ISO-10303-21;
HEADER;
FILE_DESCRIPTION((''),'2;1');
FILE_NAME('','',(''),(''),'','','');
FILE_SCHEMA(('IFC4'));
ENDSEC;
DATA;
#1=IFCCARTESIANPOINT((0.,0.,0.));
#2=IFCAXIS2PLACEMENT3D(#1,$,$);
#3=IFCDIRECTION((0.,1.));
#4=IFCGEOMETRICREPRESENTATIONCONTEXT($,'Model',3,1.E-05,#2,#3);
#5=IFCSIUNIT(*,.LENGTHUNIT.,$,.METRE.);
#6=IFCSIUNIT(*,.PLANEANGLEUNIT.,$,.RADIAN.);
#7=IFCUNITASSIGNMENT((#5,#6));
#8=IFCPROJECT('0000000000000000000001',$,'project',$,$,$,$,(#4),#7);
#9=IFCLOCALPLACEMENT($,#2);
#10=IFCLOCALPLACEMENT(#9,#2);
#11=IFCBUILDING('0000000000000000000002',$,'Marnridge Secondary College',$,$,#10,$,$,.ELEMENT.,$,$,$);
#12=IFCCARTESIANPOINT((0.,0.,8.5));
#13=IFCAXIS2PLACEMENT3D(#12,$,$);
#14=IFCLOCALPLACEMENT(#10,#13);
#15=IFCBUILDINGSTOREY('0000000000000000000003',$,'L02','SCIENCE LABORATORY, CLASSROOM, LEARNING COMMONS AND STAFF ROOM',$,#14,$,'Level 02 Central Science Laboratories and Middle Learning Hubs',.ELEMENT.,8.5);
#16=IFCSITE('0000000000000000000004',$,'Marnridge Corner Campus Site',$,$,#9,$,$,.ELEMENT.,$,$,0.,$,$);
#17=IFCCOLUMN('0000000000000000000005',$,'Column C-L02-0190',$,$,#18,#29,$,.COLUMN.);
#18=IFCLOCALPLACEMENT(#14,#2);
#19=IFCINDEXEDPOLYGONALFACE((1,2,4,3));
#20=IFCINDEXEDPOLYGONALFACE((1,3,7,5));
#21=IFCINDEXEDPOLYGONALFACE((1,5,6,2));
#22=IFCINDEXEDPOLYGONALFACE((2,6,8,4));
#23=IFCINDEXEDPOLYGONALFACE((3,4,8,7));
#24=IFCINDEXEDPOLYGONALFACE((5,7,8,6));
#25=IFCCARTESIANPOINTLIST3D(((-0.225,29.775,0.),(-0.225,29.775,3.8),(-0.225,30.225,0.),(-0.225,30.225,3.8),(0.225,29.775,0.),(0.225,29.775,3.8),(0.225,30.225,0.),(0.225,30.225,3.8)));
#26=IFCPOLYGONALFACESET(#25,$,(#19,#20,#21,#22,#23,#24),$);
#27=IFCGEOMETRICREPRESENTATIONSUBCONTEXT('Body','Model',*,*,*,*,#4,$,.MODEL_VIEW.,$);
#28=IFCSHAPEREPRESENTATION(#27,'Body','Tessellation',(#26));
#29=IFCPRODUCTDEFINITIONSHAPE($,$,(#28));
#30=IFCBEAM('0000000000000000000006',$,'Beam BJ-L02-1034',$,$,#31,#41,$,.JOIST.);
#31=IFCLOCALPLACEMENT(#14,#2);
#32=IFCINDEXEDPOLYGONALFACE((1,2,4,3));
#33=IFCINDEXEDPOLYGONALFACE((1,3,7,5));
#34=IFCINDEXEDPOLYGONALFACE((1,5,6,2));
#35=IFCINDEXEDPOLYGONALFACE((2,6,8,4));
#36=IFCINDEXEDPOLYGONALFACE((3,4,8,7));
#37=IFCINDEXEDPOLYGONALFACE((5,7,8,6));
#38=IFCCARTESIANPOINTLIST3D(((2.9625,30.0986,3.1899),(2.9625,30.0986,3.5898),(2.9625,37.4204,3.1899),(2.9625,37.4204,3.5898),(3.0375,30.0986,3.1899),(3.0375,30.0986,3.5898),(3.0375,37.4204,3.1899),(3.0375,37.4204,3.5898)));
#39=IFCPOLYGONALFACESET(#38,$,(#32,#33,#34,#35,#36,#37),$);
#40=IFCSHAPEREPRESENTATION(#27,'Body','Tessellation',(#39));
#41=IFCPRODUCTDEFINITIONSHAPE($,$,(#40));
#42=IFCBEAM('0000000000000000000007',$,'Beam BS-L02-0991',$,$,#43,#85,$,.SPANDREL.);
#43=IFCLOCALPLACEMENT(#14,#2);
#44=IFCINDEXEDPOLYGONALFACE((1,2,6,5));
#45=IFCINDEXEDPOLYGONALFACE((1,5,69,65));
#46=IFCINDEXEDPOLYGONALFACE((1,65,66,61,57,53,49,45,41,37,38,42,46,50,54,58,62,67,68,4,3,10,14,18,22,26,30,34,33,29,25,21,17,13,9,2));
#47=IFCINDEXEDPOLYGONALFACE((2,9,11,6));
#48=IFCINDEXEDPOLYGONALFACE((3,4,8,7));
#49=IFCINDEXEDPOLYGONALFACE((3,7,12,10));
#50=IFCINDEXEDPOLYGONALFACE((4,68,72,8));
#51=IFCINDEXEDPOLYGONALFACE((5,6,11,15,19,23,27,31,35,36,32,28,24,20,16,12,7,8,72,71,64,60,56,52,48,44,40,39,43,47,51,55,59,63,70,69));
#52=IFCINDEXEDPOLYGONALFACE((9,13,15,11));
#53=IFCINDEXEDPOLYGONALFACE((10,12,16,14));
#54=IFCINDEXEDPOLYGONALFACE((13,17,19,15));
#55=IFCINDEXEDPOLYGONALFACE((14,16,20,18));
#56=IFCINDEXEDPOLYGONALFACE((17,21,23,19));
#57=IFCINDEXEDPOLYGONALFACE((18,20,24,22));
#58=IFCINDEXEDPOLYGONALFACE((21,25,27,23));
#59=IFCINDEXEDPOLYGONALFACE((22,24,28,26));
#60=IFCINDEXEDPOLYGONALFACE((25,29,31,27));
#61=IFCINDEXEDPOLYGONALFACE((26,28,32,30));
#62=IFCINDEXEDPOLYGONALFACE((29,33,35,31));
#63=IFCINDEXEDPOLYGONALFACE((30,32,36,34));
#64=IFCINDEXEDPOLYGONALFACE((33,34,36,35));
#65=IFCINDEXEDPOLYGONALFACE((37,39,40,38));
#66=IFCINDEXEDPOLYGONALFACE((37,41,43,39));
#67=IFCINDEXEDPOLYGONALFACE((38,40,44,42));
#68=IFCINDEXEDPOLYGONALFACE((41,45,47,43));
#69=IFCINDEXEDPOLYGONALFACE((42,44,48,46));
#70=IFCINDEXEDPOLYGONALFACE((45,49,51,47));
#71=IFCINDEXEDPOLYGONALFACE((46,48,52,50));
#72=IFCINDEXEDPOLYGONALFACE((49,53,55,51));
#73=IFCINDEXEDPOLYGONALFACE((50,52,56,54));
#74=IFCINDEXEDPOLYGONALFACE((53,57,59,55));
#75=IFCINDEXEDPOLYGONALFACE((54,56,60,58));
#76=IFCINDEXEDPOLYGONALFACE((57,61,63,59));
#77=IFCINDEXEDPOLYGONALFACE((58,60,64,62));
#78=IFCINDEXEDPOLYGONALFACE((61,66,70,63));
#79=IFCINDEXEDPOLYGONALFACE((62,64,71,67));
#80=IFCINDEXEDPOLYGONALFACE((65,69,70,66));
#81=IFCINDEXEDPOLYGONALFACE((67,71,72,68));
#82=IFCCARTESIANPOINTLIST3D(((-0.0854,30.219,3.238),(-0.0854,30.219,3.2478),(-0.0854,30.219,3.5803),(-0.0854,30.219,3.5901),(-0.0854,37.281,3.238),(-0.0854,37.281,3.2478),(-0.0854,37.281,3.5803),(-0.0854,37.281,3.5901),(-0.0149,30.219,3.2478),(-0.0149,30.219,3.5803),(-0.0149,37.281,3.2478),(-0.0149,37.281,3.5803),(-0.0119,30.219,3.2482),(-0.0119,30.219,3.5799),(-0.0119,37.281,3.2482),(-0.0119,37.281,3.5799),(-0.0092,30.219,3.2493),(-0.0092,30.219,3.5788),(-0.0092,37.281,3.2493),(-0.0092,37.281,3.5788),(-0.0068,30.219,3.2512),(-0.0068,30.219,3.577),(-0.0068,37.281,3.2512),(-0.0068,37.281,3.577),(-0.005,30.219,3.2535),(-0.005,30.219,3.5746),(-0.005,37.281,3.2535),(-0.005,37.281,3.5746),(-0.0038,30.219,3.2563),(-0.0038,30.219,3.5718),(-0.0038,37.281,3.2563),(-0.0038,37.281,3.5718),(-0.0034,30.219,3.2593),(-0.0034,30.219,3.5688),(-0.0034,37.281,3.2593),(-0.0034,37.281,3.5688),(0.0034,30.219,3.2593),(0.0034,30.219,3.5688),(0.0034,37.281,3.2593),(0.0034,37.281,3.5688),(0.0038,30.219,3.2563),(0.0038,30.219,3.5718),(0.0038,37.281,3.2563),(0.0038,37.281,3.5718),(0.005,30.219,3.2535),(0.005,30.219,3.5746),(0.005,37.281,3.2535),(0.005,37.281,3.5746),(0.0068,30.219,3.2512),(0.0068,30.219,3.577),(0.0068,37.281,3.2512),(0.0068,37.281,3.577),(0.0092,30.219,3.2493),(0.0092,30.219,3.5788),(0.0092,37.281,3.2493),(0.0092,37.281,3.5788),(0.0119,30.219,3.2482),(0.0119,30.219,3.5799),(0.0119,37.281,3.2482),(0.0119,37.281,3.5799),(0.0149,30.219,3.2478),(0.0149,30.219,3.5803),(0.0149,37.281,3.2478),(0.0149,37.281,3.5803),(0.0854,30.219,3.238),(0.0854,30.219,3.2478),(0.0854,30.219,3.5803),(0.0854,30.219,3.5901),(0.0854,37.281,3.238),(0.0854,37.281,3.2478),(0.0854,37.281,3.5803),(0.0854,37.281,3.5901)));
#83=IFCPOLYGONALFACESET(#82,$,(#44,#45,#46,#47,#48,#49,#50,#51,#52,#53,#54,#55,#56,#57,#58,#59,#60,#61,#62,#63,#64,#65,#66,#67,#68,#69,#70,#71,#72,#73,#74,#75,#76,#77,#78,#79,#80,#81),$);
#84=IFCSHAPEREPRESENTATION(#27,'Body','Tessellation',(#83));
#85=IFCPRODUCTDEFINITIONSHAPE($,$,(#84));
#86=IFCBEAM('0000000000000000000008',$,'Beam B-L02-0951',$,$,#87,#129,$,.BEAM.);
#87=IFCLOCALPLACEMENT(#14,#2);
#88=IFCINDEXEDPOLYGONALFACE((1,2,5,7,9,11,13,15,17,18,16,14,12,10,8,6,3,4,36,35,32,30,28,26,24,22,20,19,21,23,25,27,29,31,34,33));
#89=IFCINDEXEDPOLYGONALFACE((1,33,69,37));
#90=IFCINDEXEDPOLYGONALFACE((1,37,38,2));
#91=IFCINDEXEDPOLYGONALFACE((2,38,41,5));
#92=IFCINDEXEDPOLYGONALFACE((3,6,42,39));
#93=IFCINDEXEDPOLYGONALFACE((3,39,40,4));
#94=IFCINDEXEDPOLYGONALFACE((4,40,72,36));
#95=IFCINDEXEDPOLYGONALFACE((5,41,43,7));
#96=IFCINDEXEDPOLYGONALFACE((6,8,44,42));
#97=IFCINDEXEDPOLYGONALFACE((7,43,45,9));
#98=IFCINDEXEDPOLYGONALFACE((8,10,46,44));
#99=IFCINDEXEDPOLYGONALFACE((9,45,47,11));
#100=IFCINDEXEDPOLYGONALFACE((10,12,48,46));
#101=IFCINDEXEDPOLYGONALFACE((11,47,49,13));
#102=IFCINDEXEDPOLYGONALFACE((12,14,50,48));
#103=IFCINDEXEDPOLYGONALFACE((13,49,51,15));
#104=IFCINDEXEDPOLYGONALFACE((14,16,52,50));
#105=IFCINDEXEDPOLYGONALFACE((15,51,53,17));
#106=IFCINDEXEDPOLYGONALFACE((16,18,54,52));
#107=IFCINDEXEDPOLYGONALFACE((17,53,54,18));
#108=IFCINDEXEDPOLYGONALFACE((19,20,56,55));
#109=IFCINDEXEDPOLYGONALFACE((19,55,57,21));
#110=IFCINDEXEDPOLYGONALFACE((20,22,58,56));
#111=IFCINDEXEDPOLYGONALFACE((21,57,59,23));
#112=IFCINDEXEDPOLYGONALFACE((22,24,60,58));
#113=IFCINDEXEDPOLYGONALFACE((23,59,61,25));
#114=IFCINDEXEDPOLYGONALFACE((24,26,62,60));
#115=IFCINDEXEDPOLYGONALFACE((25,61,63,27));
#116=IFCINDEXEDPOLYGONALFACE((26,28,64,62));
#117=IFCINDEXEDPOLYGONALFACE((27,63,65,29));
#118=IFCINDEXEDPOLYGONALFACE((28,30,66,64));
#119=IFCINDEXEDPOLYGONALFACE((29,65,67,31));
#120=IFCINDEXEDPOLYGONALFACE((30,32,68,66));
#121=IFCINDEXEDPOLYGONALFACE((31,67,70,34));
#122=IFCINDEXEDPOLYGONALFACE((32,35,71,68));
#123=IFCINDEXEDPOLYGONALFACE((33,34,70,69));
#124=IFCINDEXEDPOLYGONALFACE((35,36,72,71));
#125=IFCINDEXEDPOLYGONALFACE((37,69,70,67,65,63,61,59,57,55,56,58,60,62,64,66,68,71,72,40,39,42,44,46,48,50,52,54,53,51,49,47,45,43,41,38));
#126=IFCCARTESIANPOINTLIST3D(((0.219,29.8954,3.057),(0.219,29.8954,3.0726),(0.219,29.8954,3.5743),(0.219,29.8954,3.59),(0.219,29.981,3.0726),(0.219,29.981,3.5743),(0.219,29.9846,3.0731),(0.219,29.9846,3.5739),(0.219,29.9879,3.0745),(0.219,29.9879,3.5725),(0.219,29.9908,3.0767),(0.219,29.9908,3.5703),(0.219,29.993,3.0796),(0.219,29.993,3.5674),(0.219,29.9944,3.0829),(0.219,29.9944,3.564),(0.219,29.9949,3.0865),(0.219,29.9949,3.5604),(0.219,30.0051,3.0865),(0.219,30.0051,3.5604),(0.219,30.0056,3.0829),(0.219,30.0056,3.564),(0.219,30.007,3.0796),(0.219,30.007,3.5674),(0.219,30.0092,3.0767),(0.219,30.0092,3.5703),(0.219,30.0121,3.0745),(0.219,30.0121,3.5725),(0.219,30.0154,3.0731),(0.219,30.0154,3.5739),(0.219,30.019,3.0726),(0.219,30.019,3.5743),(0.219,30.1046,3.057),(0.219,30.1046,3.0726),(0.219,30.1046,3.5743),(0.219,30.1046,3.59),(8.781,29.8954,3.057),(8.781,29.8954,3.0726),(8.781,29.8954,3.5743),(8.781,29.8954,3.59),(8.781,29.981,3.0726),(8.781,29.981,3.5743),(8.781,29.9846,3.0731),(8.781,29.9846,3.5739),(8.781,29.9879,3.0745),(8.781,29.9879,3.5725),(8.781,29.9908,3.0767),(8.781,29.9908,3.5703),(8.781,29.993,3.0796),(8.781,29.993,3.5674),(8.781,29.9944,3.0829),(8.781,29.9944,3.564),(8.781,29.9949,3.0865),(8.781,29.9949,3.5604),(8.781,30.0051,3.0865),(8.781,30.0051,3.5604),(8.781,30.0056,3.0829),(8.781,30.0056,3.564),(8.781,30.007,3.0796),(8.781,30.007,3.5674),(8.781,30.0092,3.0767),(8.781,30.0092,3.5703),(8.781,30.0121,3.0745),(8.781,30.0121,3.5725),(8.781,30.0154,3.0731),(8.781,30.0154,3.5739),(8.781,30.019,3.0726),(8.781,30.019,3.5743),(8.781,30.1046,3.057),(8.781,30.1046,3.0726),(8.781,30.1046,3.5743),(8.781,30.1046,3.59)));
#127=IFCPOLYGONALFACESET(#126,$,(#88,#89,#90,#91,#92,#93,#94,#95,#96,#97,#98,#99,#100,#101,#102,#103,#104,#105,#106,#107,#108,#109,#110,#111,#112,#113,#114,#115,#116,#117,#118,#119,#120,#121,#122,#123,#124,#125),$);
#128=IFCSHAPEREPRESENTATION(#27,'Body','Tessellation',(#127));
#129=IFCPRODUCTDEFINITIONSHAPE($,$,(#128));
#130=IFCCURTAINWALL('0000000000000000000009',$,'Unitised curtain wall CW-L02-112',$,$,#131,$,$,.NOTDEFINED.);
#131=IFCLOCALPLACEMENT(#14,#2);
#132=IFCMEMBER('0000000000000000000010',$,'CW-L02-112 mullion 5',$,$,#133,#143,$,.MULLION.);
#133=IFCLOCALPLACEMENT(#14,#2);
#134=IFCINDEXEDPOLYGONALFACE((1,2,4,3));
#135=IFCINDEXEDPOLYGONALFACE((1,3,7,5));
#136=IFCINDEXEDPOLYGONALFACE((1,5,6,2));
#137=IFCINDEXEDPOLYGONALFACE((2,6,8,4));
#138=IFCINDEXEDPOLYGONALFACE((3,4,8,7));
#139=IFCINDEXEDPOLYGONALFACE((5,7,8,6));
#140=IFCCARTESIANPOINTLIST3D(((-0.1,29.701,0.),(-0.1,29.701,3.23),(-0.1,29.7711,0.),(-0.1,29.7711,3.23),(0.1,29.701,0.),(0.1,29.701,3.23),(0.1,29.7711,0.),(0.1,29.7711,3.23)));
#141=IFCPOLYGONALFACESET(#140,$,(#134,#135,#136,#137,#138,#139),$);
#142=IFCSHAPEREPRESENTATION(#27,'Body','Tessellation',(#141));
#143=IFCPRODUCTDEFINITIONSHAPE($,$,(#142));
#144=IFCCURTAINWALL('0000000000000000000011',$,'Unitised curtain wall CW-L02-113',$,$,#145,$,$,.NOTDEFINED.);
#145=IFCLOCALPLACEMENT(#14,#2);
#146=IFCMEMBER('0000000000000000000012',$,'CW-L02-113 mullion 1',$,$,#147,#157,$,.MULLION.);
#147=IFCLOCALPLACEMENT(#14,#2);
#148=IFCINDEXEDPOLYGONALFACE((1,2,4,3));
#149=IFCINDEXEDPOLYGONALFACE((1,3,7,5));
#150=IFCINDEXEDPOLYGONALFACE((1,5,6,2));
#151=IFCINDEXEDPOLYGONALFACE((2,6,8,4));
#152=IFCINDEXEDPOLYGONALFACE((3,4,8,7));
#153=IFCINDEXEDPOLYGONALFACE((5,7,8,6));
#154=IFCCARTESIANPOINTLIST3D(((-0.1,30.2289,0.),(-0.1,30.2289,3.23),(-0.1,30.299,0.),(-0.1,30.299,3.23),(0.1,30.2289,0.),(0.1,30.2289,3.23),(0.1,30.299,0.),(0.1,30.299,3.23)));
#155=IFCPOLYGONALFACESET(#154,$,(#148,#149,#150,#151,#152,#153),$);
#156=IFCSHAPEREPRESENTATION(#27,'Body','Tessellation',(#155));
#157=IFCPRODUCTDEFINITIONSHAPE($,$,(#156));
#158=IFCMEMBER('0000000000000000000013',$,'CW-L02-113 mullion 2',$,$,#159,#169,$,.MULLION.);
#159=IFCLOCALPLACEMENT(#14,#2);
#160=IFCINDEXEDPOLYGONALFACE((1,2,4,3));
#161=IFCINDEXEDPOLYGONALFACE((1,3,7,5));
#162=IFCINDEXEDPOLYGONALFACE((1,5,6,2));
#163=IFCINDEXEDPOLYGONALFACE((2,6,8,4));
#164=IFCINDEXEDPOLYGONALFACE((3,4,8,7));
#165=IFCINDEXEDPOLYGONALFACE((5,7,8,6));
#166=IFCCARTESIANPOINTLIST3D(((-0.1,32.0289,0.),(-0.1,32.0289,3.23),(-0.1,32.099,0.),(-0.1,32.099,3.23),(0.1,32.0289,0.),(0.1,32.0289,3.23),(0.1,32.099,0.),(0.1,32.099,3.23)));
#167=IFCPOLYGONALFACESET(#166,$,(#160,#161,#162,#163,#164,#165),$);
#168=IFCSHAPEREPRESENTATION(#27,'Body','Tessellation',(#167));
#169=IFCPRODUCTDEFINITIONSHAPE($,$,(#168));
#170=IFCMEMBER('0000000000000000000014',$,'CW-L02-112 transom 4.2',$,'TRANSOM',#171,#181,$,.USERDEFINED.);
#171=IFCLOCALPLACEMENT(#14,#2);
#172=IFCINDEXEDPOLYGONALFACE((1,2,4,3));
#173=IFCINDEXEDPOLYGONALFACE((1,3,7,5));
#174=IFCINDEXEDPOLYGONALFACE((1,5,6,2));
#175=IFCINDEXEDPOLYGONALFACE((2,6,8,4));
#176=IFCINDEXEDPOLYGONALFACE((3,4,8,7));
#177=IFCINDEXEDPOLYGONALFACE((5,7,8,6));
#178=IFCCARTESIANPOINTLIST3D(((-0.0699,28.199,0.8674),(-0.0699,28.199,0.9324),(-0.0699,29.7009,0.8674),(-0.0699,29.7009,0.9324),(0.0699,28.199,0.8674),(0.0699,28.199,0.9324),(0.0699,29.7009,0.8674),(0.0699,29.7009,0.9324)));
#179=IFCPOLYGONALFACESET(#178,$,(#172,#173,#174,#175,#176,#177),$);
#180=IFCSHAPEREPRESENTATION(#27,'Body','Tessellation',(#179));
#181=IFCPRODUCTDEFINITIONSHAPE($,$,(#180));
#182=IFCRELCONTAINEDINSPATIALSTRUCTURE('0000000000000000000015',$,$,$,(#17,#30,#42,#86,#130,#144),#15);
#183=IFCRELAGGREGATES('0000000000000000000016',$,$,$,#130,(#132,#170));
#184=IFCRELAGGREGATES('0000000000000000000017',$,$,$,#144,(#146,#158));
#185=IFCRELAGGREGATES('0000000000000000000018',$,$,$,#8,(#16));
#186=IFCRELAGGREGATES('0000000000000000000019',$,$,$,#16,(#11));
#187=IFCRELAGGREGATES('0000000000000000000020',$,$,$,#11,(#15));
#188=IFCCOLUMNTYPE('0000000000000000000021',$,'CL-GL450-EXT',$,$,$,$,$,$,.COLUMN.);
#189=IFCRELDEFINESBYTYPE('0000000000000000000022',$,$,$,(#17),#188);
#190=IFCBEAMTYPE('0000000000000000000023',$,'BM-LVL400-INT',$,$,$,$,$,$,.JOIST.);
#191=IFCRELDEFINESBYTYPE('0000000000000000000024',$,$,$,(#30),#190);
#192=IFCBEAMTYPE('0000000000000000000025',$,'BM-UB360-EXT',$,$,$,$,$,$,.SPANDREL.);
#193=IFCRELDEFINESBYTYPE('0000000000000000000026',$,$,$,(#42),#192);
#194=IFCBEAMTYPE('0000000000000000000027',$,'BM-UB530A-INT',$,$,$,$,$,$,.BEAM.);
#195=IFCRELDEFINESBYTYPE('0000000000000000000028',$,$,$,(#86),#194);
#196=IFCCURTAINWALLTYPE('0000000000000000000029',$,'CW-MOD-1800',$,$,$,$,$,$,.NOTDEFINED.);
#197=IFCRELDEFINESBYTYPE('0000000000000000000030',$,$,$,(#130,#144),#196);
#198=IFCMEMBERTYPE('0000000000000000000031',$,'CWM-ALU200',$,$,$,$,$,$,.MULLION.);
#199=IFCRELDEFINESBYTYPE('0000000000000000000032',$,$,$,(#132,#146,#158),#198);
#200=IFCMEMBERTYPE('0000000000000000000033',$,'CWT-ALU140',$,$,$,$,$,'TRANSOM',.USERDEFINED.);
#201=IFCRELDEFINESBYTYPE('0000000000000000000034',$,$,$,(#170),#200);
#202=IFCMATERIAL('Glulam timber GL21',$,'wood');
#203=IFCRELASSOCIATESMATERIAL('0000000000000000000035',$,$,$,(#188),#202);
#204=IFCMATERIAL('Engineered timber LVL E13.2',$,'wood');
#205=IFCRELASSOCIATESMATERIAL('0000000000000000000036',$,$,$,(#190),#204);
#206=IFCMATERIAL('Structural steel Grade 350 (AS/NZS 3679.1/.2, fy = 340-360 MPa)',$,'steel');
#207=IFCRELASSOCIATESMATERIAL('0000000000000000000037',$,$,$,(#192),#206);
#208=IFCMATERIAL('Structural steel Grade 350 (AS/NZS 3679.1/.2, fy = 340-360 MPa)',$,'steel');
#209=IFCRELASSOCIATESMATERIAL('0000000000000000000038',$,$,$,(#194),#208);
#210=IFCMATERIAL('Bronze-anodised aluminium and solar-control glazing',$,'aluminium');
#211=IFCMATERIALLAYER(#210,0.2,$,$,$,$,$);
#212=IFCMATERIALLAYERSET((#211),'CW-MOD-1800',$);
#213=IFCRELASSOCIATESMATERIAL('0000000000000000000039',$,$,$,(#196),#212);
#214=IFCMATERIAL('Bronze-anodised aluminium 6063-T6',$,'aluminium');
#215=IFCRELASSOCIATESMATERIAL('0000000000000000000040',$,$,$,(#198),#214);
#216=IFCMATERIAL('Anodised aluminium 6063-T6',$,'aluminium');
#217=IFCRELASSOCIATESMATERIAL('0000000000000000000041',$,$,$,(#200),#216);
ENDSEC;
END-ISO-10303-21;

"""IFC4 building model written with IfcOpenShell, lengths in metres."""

from ifc_helpers import new_model, si_unit, direction, frame, origin, origin_2d, place, context, subcontext, project, spatial, rectangle, i_section, extrude, material, layer, layer_set, material_profile, profile_set, type_object, element, aggregate, save


model = new_model("IFC4")

# Units and contexts
model_context = context("Model", 3, precision=1e-05, world=origin(), true_north=direction((0.0, 1.0)))
body_context = subcontext(model_context, "Body", "Model", "MODEL_VIEW")
ifc_project = project(units=[si_unit("LENGTHUNIT", "METRE"), si_unit("PLANEANGLEUNIT", "RADIAN")], contexts=[model_context])

# Site, building, storey
site_placement = place(None, origin())
site = spatial("IfcSite", under=ifc_project, at=site_placement, Name="Marnridge Corner Campus Site", CompositionType="ELEMENT", RefElevation=0.0)
building_placement = place(site_placement, origin())
building = spatial("IfcBuilding", under=site, at=building_placement, Name="Marnridge Secondary College", CompositionType="ELEMENT")
storey_placement = place(building_placement, frame((0.0, 0.0, 8.5)))
storey = spatial("IfcBuildingStorey", under=building, at=storey_placement, Name="L02", Description="SCIENCE LABORATORY, CLASSROOM, LEARNING COMMONS AND STAFF ROOM", LongName="Level 02 Central Science Laboratories and Middle Learning Hubs", CompositionType="ELEMENT", Elevation=8.5)

# Column
ifc_material_1 = material(Name="Glulam timber GL21", Category="wood")
ifc_material_profile_1 = material_profile(ifc_material_1, rectangle(XDim=0.45, YDim=0.45, at=origin_2d()), Name="GL21 450x450")
ifc_profile_set_1 = profile_set([ifc_material_profile_1], Name="Glulam timber GL21")
column_type = type_object("IfcColumnType", Name="CL-GL450-EXT", PredefinedType="COLUMN", material=ifc_profile_set_1)
column_placement = place(storey_placement, frame((0.0, 30.0, 0.0), z_axis=(0.0, 0.0, 1.0), x_axis=(1.0, 0.0, 0.0)))
element("IfcColumn", 1, at=column_placement, inside=storey, type_object=column_type, Name="Column C-L02-0190", PredefinedType="COLUMN", context=body_context, shape_type="SweptSolid", body=[
    extrude(rectangle(XDim=0.45, YDim=0.45, at=origin_2d()), origin(), (0.0, 0.0, 1.0), 3.8),
])

# Beams
ifc_material_2 = material(Name="Engineered timber LVL E13.2", Category="wood")
ifc_material_profile_2 = material_profile(ifc_material_2, rectangle(XDim=0.075, YDim=0.3999, at=origin_2d()), Name="LVL 75x400")
ifc_profile_set_2 = profile_set([ifc_material_profile_2], Name="Engineered timber LVL E13.2")
beam_type_1 = type_object("IfcBeamType", Name="BM-LVL400-INT", PredefinedType="JOIST", material=ifc_profile_set_2)
beam_1_placement = place(storey_placement, frame((3.0, 30.0986, 3.3899), z_axis=(0.0, 1.0, 0.0), x_axis=(-1.0, 0.0, 0.0)))
element("IfcBeam", 2, at=beam_1_placement, inside=storey, type_object=beam_type_1, Name="Beam BJ-L02-1034", PredefinedType="JOIST", context=body_context, shape_type="SweptSolid", body=[
    extrude(rectangle(XDim=0.075, YDim=0.3999, at=origin_2d()), origin(), (0.0, 0.0, 1.0), 7.3218),
])
ifc_material_3 = material(Name="Structural steel Grade 350 (AS/NZS 3679.1/.2, fy = 340-360 MPa)", Category="steel")
ifc_material_profile_3 = material_profile(ifc_material_3, i_section(OverallWidth=0.1709, OverallDepth=0.3521, WebThickness=0.0068, FlangeThickness=0.0098, FilletRadius=0.0115, at=origin_2d()), Name="360UB44.7")
ifc_profile_set_3 = profile_set([ifc_material_profile_3], Name="Structural steel Grade 350 (AS/NZS 3679.1/.2, fy = 340-360 MPa)")
beam_type_2 = type_object("IfcBeamType", Name="BM-UB360-EXT", PredefinedType="SPANDREL", material=ifc_profile_set_3)
beam_2_placement = place(storey_placement, frame((0.0, 30.219, 3.4141), z_axis=(0.0, 1.0, 0.0), x_axis=(-1.0, 0.0, 0.0)))
element("IfcBeam", 3, at=beam_2_placement, inside=storey, type_object=beam_type_2, Name="Beam BS-L02-0991", PredefinedType="SPANDREL", context=body_context, shape_type="SweptSolid", body=[
    extrude(i_section(OverallWidth=0.1709, OverallDepth=0.3521, WebThickness=0.0068, FlangeThickness=0.0098, FilletRadius=0.0115, at=origin_2d()), origin(), (0.0, 0.0, 1.0), 7.062),
])
ifc_material_4 = material(Name="Structural steel Grade 350 (AS/NZS 3679.1/.2, fy = 340-360 MPa)", Category="steel")
ifc_material_profile_4 = material_profile(ifc_material_4, i_section(OverallWidth=0.2092, OverallDepth=0.533, WebThickness=0.0103, FlangeThickness=0.0156, FilletRadius=0.0139, at=origin_2d()), Name="530UB92.4")
ifc_profile_set_4 = profile_set([ifc_material_profile_4], Name="Structural steel Grade 350 (AS/NZS 3679.1/.2, fy = 340-360 MPa)")
beam_type_3 = type_object("IfcBeamType", Name="BM-UB530A-INT", PredefinedType="BEAM", material=ifc_profile_set_4)
beam_3_placement = place(storey_placement, frame((0.219, 30.0, 3.3235), z_axis=(1.0, 0.0, 0.0), x_axis=(0.0, 1.0, 0.0)))
element("IfcBeam", 4, at=beam_3_placement, inside=storey, type_object=beam_type_3, Name="Beam B-L02-0951", PredefinedType="BEAM", context=body_context, shape_type="SweptSolid", body=[
    extrude(i_section(OverallWidth=0.2092, OverallDepth=0.533, WebThickness=0.0103, FlangeThickness=0.0156, FilletRadius=0.0139, at=origin_2d()), origin(), (0.0, 0.0, 1.0), 8.562),
])

# Curtain wall, member
ifc_material_5 = material(Name="Bronze-anodised aluminium and solar-control glazing", Category="aluminium")
ifc_layer_1 = layer(ifc_material_5, 0.2)
ifc_layer_set_1 = layer_set([ifc_layer_1], Name="CW-MOD-1800")
curtain_wall_type = type_object("IfcCurtainWallType", Name="CW-MOD-1800", PredefinedType="NOTDEFINED", material=ifc_layer_set_1)
curtain_wall_1_placement = place(storey_placement, origin())
curtain_wall_1 = element("IfcCurtainWall", 5, at=curtain_wall_1_placement, inside=storey, type_object=curtain_wall_type, Name="Unitised curtain wall CW-L02-112", PredefinedType="NOTDEFINED")
ifc_material_6 = material(Name="Bronze-anodised aluminium 6063-T6", Category="aluminium")
ifc_material_profile_5 = material_profile(ifc_material_6, rectangle(XDim=0.0701, YDim=0.2, at=origin_2d()), Name="ALU 70x200")
ifc_profile_set_5 = profile_set([ifc_material_profile_5], Name="Bronze-anodised aluminium 6063-T6")
member_type_1 = type_object("IfcMemberType", Name="CWM-ALU200", PredefinedType="MULLION", material=ifc_profile_set_5)
member_1_placement = place(storey_placement, frame((0.0, 29.7361, 0.0), z_axis=(0.0, 0.0, 1.0), x_axis=(0.0, 1.0, 0.0)))
member_1 = element("IfcMember", 6, at=member_1_placement, type_object=member_type_1, Name="CW-L02-112 mullion 5", PredefinedType="MULLION", context=body_context, shape_type="SweptSolid", body=[
    extrude(rectangle(XDim=0.0701, YDim=0.2, at=origin_2d()), origin(), (0.0, 0.0, 1.0), 3.23),
])

# Curtain wall, members
curtain_wall_2_placement = place(storey_placement, origin())
curtain_wall_2 = element("IfcCurtainWall", 7, at=curtain_wall_2_placement, inside=storey, type_object=curtain_wall_type, Name="Unitised curtain wall CW-L02-113", PredefinedType="NOTDEFINED")
member_2_placement = place(storey_placement, frame((0.0, 30.2639, 0.0), z_axis=(0.0, 0.0, 1.0), x_axis=(0.0, 1.0, 0.0)))
member_2 = element("IfcMember", 8, at=member_2_placement, type_object=member_type_1, Name="CW-L02-113 mullion 1", PredefinedType="MULLION", context=body_context, shape_type="SweptSolid", body=[
    extrude(rectangle(XDim=0.0701, YDim=0.2, at=origin_2d()), origin(), (0.0, 0.0, 1.0), 3.23),
])
member_3_placement = place(storey_placement, frame((0.0, 32.064, 0.0), z_axis=(0.0, 0.0, 1.0), x_axis=(0.0, 1.0, 0.0)))
member_3 = element("IfcMember", 9, at=member_3_placement, type_object=member_type_1, Name="CW-L02-113 mullion 2", PredefinedType="MULLION", context=body_context, shape_type="SweptSolid", body=[
    extrude(rectangle(XDim=0.0701, YDim=0.2, at=origin_2d()), origin(), (0.0, 0.0, 1.0), 3.23),
])

# Member
ifc_material_7 = material(Name="Anodised aluminium 6063-T6", Category="aluminium")
ifc_material_profile_6 = material_profile(ifc_material_7, rectangle(XDim=0.0649, YDim=0.1399, at=origin_2d()), Name="ALU 65x140")
ifc_profile_set_6 = profile_set([ifc_material_profile_6], Name="Anodised aluminium 6063-T6")
member_type_2 = type_object("IfcMemberType", Name="CWT-ALU140", ElementType="TRANSOM", PredefinedType="USERDEFINED", material=ifc_profile_set_6)
member_4_placement = place(storey_placement, frame((0.0, 28.199, 0.8999), z_axis=(0.0, 1.0, 0.0), x_axis=(0.0, 0.0, 1.0)))
member_4 = element("IfcMember", 10, at=member_4_placement, type_object=member_type_2, Name="CW-L02-112 transom 4.2", ObjectType="TRANSOM", PredefinedType="USERDEFINED", context=body_context, shape_type="SweptSolid", body=[
    extrude(rectangle(XDim=0.0649, YDim=0.1399, at=origin_2d()), origin(), (0.0, 0.0, 1.0), 1.502),
])

aggregate(curtain_wall_1, [member_1, member_4])
aggregate(curtain_wall_2, [member_2, member_3])

save(model, "model.ifc")
